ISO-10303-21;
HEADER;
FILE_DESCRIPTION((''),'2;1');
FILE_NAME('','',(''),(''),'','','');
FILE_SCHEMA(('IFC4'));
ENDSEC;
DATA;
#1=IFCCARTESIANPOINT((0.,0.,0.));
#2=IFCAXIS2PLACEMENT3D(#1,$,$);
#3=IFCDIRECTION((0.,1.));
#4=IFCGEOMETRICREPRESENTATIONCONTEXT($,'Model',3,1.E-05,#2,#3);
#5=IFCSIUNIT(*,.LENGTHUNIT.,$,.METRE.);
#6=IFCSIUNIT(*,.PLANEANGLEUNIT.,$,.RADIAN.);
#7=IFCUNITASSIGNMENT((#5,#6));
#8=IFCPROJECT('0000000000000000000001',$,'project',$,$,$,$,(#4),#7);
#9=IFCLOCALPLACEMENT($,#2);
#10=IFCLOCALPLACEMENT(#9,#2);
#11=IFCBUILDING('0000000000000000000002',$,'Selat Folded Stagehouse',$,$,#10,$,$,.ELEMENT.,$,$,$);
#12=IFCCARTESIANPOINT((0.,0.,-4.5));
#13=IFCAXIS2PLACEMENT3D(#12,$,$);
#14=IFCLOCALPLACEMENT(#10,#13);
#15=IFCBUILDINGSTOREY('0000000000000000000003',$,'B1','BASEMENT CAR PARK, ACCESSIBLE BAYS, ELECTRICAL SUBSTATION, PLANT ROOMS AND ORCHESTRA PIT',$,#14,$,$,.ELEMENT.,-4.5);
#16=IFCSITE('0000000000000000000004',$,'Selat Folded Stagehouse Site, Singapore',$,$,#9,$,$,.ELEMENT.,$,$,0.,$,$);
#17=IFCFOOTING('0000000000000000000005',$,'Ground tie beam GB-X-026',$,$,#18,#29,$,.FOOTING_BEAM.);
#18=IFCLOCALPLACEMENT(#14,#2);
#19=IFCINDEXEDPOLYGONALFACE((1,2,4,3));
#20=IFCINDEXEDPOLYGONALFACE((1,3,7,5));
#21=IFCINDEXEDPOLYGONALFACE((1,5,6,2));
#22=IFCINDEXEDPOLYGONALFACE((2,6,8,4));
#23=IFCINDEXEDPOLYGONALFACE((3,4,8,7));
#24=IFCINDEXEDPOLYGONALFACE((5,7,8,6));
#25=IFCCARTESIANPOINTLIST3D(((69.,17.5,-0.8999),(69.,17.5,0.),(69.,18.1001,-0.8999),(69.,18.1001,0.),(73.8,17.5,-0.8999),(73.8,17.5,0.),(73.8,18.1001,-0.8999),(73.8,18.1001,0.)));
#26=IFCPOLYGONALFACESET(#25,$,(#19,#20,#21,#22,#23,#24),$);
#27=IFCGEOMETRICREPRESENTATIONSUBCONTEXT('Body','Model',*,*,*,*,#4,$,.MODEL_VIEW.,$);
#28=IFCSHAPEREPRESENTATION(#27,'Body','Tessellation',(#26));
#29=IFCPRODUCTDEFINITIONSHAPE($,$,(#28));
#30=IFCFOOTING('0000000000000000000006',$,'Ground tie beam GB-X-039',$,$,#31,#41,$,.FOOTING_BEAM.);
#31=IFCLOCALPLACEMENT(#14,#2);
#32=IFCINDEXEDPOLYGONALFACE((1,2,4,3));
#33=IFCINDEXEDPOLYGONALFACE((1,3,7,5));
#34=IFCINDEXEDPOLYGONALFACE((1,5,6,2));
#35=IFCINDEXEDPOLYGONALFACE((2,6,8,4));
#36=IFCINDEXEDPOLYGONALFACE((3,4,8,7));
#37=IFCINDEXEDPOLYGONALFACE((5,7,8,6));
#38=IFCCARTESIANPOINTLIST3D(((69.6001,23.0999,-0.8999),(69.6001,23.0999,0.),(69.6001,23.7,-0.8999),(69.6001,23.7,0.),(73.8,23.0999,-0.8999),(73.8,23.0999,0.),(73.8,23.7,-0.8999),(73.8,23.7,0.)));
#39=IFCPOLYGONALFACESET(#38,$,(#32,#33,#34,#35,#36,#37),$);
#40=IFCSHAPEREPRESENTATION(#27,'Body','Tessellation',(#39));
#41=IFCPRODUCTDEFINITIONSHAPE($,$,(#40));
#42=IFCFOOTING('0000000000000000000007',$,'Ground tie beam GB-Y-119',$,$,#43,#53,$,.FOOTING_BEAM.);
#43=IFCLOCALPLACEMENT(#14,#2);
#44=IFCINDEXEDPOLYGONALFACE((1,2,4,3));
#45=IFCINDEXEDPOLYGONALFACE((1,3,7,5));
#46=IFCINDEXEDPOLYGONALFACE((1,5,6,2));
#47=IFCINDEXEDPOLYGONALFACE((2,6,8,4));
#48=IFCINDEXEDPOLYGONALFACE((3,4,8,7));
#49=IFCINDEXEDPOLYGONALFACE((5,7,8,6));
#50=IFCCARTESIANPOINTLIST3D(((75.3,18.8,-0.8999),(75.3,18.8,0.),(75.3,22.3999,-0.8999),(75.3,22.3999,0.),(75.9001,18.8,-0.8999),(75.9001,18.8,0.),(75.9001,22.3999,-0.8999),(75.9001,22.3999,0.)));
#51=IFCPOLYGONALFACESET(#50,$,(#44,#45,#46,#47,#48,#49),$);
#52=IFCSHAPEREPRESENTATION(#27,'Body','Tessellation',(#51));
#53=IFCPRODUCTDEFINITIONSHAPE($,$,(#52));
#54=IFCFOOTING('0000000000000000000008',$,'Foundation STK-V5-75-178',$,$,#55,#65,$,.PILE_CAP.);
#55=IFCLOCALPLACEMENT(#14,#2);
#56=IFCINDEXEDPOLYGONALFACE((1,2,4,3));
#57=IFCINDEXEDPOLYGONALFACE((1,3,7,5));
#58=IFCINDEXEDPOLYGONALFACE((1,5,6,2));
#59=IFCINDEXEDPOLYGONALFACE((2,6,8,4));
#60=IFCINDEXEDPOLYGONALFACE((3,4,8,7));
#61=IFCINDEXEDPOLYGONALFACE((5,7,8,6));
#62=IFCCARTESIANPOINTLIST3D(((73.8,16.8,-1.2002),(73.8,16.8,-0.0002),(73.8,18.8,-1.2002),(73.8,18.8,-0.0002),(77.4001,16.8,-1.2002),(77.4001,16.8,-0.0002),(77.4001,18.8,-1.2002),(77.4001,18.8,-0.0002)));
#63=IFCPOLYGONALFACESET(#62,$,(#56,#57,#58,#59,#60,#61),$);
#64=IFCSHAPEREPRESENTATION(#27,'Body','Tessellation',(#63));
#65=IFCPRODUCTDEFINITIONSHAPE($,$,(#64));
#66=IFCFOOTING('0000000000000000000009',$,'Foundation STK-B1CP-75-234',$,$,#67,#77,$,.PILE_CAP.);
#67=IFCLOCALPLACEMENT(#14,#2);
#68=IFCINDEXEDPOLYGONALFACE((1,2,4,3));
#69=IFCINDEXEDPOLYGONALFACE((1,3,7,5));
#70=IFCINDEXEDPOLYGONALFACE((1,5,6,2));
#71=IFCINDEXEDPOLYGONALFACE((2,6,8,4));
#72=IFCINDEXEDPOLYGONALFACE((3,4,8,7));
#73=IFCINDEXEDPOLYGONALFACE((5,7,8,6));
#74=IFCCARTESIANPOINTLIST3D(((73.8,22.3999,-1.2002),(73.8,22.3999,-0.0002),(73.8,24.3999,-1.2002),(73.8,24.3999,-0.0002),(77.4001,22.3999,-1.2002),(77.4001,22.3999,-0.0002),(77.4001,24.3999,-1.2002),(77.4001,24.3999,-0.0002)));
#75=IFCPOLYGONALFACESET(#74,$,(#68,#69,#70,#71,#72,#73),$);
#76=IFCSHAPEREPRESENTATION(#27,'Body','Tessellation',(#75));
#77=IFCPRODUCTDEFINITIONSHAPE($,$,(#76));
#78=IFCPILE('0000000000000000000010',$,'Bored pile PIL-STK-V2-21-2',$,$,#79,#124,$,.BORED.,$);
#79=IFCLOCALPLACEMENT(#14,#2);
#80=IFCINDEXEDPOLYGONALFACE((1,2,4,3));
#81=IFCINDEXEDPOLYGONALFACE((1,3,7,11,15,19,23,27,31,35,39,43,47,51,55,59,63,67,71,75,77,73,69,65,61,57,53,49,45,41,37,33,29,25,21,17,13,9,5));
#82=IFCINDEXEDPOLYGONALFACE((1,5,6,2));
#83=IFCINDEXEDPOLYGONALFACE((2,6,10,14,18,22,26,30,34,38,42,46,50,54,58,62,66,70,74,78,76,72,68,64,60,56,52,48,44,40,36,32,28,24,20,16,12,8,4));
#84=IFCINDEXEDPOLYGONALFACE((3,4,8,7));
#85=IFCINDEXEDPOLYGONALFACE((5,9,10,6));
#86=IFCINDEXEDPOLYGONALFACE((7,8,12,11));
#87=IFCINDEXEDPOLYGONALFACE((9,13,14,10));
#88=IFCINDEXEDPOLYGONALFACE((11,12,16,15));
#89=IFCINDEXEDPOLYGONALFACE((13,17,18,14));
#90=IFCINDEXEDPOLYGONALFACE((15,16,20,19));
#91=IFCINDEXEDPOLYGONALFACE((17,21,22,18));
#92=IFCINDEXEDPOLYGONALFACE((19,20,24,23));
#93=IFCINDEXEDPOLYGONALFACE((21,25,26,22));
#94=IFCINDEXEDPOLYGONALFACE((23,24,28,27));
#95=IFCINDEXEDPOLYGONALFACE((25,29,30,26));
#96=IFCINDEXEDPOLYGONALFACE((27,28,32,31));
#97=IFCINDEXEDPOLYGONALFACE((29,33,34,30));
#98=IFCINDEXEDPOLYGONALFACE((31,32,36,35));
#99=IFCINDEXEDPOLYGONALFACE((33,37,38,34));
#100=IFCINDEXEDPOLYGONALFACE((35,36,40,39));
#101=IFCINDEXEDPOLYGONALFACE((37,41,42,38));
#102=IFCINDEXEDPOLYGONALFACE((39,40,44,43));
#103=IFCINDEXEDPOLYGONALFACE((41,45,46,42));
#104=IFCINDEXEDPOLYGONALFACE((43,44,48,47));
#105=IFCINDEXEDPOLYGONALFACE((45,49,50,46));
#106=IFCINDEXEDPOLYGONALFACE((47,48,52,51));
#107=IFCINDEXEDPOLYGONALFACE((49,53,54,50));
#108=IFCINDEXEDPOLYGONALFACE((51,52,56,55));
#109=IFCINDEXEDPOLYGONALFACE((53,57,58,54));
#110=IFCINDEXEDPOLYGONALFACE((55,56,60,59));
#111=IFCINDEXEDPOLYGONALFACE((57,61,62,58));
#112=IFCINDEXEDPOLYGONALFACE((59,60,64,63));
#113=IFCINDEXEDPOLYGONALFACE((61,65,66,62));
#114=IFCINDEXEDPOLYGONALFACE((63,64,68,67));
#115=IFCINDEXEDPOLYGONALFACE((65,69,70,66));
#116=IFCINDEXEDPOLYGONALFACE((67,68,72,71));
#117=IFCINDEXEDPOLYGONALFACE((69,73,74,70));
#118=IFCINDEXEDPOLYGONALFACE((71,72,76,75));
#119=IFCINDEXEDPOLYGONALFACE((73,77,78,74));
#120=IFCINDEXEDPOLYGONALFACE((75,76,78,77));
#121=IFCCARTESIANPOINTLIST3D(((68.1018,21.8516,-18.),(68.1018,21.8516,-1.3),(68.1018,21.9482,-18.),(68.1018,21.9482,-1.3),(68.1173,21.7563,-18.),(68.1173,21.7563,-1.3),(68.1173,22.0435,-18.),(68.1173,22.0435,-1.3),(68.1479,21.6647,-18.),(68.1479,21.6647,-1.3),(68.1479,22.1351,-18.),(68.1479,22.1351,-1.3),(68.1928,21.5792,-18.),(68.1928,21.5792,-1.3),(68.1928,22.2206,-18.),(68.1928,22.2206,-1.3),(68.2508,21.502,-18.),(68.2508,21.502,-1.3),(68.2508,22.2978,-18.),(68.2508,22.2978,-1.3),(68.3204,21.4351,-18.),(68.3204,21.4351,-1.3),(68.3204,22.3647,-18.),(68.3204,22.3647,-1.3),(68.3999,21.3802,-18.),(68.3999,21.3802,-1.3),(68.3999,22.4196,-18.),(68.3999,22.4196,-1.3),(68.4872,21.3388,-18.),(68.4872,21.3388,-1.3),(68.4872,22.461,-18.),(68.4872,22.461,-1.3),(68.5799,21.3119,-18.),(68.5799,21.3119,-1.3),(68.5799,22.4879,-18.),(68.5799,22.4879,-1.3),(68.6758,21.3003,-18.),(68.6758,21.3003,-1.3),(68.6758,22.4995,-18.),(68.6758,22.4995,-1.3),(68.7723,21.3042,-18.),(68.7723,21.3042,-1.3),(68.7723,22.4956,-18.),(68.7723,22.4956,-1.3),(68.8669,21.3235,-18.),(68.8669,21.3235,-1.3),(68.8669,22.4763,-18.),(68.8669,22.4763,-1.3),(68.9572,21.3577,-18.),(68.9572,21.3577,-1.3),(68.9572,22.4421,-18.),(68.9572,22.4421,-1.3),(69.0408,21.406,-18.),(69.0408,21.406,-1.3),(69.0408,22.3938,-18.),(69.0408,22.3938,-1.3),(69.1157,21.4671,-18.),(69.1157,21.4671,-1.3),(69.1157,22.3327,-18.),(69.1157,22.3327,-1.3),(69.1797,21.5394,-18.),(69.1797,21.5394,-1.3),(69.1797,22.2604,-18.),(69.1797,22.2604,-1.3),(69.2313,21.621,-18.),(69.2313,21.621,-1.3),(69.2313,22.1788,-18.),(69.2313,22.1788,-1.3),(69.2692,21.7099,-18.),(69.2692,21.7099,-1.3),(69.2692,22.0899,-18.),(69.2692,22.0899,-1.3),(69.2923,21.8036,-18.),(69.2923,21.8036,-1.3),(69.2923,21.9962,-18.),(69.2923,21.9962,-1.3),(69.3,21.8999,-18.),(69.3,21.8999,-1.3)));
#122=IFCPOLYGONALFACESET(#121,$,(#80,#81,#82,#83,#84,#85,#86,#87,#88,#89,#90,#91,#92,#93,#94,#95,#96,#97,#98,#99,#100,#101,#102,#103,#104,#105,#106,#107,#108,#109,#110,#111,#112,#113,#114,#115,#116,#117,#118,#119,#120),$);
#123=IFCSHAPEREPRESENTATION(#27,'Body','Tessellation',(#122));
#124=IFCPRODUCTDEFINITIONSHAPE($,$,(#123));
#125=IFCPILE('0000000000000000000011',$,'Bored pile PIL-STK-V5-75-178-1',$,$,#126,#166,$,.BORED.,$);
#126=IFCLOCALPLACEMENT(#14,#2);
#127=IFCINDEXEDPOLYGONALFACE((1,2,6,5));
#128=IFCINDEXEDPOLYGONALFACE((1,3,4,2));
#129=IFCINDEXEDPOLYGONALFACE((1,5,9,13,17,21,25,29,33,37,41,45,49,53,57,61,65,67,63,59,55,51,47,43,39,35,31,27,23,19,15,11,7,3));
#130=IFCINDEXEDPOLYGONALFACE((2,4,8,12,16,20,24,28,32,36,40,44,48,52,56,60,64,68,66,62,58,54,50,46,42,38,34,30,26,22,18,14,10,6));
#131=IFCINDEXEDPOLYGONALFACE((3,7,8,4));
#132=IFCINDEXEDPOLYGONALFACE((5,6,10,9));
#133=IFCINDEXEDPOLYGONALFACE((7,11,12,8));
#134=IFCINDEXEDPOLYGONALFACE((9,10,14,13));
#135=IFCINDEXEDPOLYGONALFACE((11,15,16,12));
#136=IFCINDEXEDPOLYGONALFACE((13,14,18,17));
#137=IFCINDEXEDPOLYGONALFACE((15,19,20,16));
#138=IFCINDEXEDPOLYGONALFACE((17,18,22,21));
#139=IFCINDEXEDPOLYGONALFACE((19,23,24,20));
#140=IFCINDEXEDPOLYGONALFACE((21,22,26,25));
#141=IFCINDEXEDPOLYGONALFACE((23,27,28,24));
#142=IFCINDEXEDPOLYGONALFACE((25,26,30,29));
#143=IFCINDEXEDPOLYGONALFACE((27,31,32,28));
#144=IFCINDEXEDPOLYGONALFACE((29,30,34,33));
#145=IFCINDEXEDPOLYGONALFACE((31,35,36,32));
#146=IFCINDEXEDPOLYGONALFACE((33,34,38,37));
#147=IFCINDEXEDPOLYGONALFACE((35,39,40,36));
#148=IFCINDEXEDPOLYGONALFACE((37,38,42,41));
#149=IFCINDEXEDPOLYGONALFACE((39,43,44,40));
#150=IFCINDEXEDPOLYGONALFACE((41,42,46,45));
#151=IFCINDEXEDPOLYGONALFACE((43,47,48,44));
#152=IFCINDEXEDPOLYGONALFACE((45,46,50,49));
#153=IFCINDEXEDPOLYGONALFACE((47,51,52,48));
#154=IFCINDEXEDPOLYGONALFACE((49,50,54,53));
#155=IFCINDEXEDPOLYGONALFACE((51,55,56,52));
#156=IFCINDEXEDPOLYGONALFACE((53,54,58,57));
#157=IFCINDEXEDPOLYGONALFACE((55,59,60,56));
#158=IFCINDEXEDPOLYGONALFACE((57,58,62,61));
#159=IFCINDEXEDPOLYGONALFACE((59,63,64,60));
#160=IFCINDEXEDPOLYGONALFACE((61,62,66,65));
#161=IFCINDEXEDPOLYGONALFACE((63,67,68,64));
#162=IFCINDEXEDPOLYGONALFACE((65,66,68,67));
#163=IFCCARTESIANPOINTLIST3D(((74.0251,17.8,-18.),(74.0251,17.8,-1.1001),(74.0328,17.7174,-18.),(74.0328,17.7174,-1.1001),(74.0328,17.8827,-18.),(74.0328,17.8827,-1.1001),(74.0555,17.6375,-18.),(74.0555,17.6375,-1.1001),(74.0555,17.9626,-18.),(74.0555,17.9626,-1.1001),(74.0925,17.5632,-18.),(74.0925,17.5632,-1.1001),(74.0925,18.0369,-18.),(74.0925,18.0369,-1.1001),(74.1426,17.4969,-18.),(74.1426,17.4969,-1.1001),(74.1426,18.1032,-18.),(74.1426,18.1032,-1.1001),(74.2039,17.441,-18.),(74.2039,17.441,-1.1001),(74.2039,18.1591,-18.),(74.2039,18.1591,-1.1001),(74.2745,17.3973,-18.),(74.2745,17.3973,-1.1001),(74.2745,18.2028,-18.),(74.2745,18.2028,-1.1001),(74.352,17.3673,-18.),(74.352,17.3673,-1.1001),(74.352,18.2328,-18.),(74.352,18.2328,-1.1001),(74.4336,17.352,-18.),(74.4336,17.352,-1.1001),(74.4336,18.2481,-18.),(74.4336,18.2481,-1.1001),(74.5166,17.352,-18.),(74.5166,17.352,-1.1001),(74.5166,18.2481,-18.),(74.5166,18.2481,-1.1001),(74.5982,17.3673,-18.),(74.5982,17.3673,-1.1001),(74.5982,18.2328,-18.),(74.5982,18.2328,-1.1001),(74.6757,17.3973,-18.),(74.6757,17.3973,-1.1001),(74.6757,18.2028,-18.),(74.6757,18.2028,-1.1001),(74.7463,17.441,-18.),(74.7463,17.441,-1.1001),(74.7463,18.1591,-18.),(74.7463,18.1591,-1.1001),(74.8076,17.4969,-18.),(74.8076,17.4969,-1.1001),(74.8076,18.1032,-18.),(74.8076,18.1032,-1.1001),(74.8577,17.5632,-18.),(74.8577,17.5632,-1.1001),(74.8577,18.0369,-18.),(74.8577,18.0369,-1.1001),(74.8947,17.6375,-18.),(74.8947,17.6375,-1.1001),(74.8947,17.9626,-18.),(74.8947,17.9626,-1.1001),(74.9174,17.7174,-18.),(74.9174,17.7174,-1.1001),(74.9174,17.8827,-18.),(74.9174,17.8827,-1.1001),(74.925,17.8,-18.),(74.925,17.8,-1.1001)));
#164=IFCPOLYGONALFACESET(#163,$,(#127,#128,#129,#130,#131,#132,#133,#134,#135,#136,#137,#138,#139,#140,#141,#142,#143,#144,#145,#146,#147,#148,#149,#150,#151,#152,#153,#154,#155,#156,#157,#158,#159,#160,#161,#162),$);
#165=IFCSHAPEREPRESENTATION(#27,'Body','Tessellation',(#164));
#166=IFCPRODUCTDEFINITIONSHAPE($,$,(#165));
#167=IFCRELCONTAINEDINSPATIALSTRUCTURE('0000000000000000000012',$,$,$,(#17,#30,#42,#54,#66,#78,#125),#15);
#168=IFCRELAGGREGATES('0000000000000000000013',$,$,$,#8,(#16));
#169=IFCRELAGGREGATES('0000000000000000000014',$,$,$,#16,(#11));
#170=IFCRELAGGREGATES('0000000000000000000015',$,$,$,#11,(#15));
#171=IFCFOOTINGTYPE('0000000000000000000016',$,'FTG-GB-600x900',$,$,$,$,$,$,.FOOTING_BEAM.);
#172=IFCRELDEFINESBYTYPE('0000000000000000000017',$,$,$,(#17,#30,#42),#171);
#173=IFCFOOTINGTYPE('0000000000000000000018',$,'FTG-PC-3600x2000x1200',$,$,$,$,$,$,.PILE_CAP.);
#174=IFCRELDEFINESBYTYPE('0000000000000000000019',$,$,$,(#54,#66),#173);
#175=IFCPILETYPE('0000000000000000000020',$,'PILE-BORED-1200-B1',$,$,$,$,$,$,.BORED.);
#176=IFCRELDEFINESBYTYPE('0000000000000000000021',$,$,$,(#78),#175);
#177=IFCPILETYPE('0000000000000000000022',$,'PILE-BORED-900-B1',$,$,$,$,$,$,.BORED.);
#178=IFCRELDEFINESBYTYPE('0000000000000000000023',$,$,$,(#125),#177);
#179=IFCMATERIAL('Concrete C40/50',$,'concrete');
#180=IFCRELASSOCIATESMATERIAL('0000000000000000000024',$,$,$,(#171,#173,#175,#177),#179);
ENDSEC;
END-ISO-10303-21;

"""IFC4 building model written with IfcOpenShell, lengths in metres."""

from ifc_helpers import new_model, si_unit, direction, frame, origin, origin_2d, place, context, subcontext, project, spatial, rectangle, circle, extrude, material, material_profile, profile_set, type_object, element, save


model = new_model("IFC4")

# Units and contexts
model_context = context("Model", 3, precision=1e-05, world=origin(), true_north=direction((0.0, 1.0)))
body_context = subcontext(model_context, "Body", "Model", "MODEL_VIEW")
ifc_project = project(units=[si_unit("LENGTHUNIT", "METRE"), si_unit("PLANEANGLEUNIT", "RADIAN")], contexts=[model_context])

# Site, building, storey
site_placement = place(None, origin())
site = spatial("IfcSite", under=ifc_project, at=site_placement, Name="Selat Folded Stagehouse Site, Singapore", CompositionType="ELEMENT", RefElevation=0.0)
building_placement = place(site_placement, origin())
building = spatial("IfcBuilding", under=site, at=building_placement, Name="Selat Folded Stagehouse", CompositionType="ELEMENT")
storey_placement = place(building_placement, frame((0.0, 0.0, -4.5)))
storey = spatial("IfcBuildingStorey", under=building, at=storey_placement, Name="B1", Description="BASEMENT CAR PARK, ACCESSIBLE BAYS, ELECTRICAL SUBSTATION, PLANT ROOMS AND ORCHESTRA PIT", CompositionType="ELEMENT", Elevation=-4.5)

# Footings
ifc_material_1 = material(Name="Concrete C40/50", Category="concrete")
ifc_material_profile_1 = material_profile(ifc_material_1, rectangle(XDim=0.6001, YDim=0.8999, at=origin_2d()), Name="RC 900x600")
ifc_profile_set_1 = profile_set([ifc_material_profile_1], Name="Concrete C40/50")
footing_type_1 = type_object("IfcFootingType", Name="FTG-GB-600x900", PredefinedType="FOOTING_BEAM", material=ifc_profile_set_1)
footing_1_placement = place(storey_placement, frame((69.0, 17.8, -0.45), z_axis=(1.0, 0.0, 0.0), x_axis=(0.0, 1.0, 0.0)))
element("IfcFooting", 1, at=footing_1_placement, inside=storey, type_object=footing_type_1, Name="Ground tie beam GB-X-026", PredefinedType="FOOTING_BEAM", context=body_context, shape_type="SweptSolid", body=[
    extrude(rectangle(XDim=0.6001, YDim=0.8999, at=origin_2d()), origin(), (0.0, 0.0, 1.0), 4.8),
])
footing_2_placement = place(storey_placement, frame((69.6001, 23.3999, -0.45), z_axis=(1.0, 0.0, 0.0), x_axis=(0.0, 1.0, 0.0)))
element("IfcFooting", 2, at=footing_2_placement, inside=storey, type_object=footing_type_1, Name="Ground tie beam GB-X-039", PredefinedType="FOOTING_BEAM", context=body_context, shape_type="SweptSolid", body=[
    extrude(rectangle(XDim=0.6001, YDim=0.8999, at=origin_2d()), origin(), (0.0, 0.0, 1.0), 4.2),
])
footing_3_placement = place(storey_placement, frame((75.6001, 18.8, -0.45), z_axis=(0.0, 1.0, 0.0), x_axis=(-1.0, 0.0, 0.0)))
element("IfcFooting", 3, at=footing_3_placement, inside=storey, type_object=footing_type_1, Name="Ground tie beam GB-Y-119", PredefinedType="FOOTING_BEAM", context=body_context, shape_type="SweptSolid", body=[
    extrude(rectangle(XDim=0.6001, YDim=0.8999, at=origin_2d()), origin(), (0.0, 0.0, 1.0), 3.5999),
])
footing_type_2 = type_object("IfcFootingType", Name="FTG-PC-3600x2000x1200", PredefinedType="PILE_CAP", material=ifc_material_1)
for number, where, z_axis, x_axis, name in (
    (4, (75.6001, 17.8, -1.2002), (0.0, 0.0, 1.0), (1.0, 0.0, 0.0), "Foundation STK-V5-75-178"),
    (5, (75.6001, 23.3999, -1.2002), (0.0, 0.0, 1.0), (1.0, 0.0, 0.0), "Foundation STK-B1CP-75-234"),
):
    element("IfcFooting", number, at=place(storey_placement, frame(where, z_axis=z_axis, x_axis=x_axis)), inside=storey, type_object=footing_type_2, Name=name, PredefinedType="PILE_CAP", context=body_context, shape_type="SweptSolid", body=[
        extrude(rectangle(XDim=3.6001, YDim=2.0, at=origin_2d()), origin(), (0.0, 0.0, 1.0), 1.2),
    ])

# Piles
ifc_material_profile_2 = material_profile(ifc_material_1, circle(Radius=0.6001, at=origin_2d()), Name="PILE D1200")
ifc_profile_set_2 = profile_set([ifc_material_profile_2], Name="Concrete C40/50")
pile_type_1 = type_object("IfcPileType", Name="PILE-BORED-1200-B1", PredefinedType="BORED", material=ifc_profile_set_2)
pile_placement = place(storey_placement, frame((68.7, 21.8999, -1.3), z_axis=(0.0, 0.0, -1.0), x_axis=(1.0, 0.0, 0.0)))
element("IfcPile", 6, at=pile_placement, inside=storey, type_object=pile_type_1, Name="Bored pile PIL-STK-V2-21-2", PredefinedType="BORED", context=body_context, shape_type="SweptSolid", body=[
    extrude(circle(Radius=0.6001, at=origin_2d()), origin(), (0.0, 0.0, 1.0), 16.7),
])
ifc_material_profile_3 = material_profile(ifc_material_1, circle(Radius=0.45, at=origin_2d()), Name="PILE D900")
ifc_profile_set_3 = profile_set([ifc_material_profile_3], Name="Concrete C40/50")
pile_type_2 = type_object("IfcPileType", Name="PILE-BORED-900-B1", PredefinedType="BORED", material=ifc_profile_set_3)
for number, where, z_axis, x_axis, name in (
    (7, (74.4751, 17.8, -1.1001), (0.0, 0.0, -1.0), (1.0, 0.0, 0.0), "Bored pile PIL-STK-V5-75-178-1"),
):
    element("IfcPile", number, at=place(storey_placement, frame(where, z_axis=z_axis, x_axis=x_axis)), inside=storey, type_object=pile_type_2, Name=name, PredefinedType="BORED", context=body_context, shape_type="SweptSolid", body=[
        extrude(circle(Radius=0.45, at=origin_2d()), origin(), (0.0, 0.0, 1.0), 16.8999),
    ])

save(model, "model.ifc")
